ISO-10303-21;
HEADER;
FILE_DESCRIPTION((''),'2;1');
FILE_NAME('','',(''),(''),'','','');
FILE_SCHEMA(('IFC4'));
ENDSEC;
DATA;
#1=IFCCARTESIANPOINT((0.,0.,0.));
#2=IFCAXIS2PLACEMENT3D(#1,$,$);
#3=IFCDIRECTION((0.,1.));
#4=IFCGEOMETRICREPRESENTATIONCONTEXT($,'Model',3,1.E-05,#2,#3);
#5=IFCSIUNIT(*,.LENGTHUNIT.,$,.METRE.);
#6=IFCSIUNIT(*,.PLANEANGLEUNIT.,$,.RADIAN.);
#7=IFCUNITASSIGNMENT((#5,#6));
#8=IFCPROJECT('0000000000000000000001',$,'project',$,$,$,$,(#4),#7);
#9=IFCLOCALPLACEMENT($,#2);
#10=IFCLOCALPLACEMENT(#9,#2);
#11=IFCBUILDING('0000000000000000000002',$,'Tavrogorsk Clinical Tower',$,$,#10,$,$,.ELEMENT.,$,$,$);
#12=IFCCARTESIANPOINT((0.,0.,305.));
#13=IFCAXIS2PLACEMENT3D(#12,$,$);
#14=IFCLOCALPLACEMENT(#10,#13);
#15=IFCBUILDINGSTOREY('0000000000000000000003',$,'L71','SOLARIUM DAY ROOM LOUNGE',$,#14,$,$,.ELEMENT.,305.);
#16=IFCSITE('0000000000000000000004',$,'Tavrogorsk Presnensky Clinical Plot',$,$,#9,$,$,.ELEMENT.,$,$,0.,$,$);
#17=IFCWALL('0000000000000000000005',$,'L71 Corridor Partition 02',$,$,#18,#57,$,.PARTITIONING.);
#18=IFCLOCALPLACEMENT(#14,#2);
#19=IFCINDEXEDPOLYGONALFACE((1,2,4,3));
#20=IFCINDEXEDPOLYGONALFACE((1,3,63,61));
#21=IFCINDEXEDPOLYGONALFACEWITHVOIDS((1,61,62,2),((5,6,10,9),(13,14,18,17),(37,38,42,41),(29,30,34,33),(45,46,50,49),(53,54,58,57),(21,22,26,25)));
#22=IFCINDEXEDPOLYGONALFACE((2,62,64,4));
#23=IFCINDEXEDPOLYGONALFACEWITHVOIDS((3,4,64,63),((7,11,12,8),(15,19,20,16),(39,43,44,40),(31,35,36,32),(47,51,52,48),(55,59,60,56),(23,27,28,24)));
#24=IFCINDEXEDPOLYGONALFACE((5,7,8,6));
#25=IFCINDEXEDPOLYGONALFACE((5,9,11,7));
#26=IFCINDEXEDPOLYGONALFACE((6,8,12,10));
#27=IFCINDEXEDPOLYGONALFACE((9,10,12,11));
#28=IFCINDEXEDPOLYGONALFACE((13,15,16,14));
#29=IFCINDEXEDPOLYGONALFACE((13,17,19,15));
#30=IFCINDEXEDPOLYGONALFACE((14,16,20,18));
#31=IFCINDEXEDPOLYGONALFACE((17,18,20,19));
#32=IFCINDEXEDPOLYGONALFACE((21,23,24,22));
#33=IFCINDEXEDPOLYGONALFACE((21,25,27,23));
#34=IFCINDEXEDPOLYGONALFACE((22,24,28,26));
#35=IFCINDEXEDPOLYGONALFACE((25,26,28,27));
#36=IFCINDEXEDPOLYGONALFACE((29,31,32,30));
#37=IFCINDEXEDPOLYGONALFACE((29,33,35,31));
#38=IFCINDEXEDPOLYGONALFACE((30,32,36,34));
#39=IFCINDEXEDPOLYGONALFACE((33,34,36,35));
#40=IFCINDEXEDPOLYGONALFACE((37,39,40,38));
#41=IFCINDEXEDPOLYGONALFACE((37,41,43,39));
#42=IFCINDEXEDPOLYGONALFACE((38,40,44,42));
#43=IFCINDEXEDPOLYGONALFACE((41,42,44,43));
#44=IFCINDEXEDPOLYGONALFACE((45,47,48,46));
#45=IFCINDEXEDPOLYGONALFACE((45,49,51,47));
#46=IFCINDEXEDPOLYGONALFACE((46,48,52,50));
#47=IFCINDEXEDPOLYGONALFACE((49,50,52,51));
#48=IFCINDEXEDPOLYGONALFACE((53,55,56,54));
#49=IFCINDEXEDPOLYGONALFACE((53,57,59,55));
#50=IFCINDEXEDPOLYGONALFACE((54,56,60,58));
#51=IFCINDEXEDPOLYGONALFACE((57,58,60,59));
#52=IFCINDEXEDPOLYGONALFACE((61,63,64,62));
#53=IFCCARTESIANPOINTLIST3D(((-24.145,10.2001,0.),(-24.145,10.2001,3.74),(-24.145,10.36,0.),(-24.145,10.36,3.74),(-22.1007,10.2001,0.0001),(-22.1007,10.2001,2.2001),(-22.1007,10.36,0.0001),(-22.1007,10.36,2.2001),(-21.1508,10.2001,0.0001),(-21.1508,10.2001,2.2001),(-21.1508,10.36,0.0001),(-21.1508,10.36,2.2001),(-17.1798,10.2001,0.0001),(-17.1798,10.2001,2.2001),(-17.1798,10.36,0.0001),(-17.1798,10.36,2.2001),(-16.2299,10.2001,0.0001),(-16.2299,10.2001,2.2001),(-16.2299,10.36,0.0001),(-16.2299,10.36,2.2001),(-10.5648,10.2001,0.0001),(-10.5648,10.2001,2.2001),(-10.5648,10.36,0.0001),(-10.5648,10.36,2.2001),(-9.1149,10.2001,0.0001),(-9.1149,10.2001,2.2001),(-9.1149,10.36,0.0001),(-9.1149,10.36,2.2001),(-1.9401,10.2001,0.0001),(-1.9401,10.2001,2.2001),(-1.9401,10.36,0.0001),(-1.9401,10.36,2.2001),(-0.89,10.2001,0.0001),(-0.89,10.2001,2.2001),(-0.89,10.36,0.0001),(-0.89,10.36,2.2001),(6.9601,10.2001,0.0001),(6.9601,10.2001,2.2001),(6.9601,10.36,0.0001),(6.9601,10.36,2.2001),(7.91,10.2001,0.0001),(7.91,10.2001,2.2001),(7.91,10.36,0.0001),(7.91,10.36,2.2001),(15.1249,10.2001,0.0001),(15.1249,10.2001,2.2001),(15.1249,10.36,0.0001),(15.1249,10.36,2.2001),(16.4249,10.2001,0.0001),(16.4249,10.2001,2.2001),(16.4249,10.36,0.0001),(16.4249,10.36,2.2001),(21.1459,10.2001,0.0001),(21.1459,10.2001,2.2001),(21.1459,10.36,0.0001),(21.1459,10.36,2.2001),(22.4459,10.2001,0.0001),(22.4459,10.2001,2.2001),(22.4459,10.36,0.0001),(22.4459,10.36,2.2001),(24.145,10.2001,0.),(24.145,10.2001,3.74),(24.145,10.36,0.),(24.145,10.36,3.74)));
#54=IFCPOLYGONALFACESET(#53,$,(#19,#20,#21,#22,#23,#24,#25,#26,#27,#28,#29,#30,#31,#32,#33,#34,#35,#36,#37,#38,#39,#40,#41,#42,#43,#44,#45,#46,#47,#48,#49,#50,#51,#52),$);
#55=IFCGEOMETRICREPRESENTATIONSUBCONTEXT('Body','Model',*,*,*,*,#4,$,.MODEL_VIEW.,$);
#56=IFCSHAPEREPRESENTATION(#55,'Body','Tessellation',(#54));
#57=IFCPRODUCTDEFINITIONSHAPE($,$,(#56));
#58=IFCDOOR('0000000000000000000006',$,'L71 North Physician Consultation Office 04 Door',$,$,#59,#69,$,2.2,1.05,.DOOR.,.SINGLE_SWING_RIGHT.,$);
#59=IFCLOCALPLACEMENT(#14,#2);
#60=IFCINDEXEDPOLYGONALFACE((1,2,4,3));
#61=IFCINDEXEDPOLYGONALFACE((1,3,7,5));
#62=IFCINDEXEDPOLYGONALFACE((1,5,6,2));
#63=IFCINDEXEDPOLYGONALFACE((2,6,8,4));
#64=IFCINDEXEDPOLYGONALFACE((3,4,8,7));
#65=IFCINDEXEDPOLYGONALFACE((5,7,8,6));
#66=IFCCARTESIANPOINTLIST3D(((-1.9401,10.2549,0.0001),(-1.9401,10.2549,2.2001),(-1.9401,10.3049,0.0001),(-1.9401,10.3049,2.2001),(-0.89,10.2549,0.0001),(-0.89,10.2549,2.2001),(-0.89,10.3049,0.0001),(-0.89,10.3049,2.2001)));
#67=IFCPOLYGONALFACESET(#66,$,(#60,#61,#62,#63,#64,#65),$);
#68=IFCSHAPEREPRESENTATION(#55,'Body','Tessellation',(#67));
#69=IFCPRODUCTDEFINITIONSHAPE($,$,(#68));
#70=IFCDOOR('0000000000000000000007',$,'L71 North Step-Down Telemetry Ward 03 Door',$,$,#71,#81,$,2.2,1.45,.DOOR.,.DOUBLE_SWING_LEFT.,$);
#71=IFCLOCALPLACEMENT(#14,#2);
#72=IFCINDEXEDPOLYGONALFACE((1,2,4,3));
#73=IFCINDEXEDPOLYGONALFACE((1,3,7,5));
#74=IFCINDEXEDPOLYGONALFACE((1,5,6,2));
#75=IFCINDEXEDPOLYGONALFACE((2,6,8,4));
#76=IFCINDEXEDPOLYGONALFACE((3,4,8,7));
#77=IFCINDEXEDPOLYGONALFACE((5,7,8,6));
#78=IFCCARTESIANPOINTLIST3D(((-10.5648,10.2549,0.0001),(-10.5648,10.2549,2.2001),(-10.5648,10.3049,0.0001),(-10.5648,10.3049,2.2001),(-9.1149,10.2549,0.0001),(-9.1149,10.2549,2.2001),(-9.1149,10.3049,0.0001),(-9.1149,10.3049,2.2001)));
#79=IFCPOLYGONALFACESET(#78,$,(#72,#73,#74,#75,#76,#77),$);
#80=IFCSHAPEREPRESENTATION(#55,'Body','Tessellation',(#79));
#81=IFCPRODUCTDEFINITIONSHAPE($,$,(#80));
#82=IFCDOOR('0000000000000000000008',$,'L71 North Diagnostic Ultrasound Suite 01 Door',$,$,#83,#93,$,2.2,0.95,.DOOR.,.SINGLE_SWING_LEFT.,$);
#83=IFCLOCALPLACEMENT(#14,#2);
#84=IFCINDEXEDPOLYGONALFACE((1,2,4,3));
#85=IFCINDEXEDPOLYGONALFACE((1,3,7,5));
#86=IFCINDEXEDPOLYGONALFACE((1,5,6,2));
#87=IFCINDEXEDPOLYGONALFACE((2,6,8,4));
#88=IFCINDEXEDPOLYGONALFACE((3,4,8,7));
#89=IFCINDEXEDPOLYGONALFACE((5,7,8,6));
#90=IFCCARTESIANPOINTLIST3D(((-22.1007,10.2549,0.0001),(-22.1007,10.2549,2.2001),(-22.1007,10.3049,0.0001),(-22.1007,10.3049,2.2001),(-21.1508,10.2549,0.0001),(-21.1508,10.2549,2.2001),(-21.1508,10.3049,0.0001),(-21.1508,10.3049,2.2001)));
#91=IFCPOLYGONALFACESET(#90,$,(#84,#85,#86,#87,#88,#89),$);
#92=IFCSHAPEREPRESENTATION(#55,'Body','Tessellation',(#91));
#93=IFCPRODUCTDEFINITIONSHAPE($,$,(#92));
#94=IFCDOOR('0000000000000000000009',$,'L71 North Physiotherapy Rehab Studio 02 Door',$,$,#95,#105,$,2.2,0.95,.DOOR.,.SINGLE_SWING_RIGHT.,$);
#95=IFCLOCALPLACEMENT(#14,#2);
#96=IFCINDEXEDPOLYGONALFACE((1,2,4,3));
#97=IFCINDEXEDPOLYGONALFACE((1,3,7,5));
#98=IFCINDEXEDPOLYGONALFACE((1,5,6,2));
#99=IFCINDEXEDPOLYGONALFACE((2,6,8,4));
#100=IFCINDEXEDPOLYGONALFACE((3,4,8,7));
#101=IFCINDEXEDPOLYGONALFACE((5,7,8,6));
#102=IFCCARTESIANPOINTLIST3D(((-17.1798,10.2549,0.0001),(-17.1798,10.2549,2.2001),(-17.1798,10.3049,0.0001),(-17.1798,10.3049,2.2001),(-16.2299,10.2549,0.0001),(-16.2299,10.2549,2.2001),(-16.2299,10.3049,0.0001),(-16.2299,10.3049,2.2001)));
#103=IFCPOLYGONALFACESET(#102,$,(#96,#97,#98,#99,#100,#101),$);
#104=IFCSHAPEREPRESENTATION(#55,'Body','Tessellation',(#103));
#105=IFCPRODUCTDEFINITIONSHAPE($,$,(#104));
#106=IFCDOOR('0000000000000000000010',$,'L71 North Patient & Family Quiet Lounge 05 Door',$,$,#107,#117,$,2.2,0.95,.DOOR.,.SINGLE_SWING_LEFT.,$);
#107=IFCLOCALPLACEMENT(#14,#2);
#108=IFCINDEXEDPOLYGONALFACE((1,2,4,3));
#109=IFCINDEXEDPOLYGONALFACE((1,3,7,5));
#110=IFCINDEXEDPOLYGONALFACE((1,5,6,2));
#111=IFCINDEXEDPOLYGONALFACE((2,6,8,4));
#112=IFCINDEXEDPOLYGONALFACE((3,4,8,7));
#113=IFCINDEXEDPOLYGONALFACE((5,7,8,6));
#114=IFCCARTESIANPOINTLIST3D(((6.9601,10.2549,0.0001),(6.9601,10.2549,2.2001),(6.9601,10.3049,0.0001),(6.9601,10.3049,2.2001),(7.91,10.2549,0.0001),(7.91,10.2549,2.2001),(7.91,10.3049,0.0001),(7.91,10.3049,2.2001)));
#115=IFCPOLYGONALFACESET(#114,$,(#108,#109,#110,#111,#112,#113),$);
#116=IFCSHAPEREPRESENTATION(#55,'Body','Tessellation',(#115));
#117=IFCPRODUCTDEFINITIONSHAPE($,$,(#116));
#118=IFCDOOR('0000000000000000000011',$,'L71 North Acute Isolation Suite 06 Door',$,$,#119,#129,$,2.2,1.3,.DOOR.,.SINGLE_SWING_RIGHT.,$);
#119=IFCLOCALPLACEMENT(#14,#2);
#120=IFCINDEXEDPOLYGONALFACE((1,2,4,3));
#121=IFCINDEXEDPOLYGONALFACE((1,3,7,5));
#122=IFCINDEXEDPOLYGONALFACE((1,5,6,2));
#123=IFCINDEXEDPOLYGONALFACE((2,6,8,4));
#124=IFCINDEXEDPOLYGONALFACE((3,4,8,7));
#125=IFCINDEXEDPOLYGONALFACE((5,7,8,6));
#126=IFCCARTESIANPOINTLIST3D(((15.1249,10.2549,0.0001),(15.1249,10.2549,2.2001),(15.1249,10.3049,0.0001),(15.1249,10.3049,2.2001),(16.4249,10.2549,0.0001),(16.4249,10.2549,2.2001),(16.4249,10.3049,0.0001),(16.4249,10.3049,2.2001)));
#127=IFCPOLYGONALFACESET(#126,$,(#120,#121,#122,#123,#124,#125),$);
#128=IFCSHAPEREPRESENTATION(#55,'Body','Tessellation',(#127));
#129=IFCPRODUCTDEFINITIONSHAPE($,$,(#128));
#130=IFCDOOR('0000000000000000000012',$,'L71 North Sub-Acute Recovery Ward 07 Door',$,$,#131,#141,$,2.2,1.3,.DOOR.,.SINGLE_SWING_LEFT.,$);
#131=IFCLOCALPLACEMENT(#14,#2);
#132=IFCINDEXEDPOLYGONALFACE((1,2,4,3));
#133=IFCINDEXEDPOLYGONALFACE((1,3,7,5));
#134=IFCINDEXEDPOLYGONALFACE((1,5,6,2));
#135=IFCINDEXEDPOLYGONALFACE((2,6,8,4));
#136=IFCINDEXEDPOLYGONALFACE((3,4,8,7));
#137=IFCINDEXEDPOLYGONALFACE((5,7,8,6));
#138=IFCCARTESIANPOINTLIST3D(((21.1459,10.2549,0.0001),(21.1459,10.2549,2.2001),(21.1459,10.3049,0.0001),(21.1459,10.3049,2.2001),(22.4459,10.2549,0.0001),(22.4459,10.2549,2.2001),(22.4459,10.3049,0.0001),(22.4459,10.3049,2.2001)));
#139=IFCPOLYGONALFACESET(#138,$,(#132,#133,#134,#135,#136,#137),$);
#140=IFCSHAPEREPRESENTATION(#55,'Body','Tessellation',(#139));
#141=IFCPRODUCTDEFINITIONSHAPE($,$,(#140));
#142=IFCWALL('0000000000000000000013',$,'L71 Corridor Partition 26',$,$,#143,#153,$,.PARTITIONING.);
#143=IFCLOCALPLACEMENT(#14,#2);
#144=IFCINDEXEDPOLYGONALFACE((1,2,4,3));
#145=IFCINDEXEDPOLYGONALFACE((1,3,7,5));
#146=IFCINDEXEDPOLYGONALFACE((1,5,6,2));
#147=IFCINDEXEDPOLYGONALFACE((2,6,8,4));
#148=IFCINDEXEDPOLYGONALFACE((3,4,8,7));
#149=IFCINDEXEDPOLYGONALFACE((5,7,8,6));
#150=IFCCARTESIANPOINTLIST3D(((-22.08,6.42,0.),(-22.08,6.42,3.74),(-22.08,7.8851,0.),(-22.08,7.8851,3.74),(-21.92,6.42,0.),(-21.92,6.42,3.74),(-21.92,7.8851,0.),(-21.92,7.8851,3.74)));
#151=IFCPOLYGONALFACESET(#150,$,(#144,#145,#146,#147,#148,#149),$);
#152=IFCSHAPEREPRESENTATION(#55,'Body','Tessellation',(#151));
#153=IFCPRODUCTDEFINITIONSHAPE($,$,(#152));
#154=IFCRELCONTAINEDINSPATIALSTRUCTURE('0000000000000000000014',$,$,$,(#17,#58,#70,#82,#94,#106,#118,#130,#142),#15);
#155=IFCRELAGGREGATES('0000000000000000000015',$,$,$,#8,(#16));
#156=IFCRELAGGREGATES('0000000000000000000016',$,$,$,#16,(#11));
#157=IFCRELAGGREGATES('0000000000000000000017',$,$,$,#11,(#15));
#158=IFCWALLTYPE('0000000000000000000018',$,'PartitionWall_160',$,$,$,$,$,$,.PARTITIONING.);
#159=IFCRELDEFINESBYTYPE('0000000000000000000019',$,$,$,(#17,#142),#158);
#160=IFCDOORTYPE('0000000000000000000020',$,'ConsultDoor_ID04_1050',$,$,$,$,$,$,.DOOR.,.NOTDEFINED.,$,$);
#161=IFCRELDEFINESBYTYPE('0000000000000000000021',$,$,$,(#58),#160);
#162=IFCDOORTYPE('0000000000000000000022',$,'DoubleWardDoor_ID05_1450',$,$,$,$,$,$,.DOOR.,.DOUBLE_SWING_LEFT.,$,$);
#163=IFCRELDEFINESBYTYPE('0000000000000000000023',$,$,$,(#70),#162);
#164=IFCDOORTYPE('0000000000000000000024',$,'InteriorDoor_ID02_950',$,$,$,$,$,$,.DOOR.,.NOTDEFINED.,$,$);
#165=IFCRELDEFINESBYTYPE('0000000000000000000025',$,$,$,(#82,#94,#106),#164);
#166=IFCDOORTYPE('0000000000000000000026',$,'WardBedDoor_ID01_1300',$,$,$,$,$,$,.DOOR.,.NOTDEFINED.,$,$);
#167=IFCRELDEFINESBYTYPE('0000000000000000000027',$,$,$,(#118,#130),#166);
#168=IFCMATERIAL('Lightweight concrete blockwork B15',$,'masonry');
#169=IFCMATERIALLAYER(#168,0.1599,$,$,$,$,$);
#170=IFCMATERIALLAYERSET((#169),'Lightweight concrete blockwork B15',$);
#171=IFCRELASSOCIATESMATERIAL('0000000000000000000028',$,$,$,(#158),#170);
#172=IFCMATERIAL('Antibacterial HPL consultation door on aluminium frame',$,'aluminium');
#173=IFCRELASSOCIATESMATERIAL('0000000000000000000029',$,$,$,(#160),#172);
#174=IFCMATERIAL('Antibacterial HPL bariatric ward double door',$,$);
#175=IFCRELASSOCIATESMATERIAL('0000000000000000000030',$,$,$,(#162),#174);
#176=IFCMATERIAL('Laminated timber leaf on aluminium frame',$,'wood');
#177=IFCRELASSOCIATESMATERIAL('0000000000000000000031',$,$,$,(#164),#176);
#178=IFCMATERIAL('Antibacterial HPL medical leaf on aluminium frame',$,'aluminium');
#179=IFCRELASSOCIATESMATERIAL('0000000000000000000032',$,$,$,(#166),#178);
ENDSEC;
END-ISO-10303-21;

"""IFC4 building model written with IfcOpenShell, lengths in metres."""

from ifc_helpers import new_model, si_unit, direction, frame, frame_2d, origin, place, context, subcontext, project, spatial, rectangle, extrude, material, layer, layer_set, type_object, element, fill, save


model = new_model("IFC4")

# Units and contexts
model_context = context("Model", 3, precision=1e-05, world=origin(), true_north=direction((0.0, 1.0)))
body_context = subcontext(model_context, "Body", "Model", "MODEL_VIEW")
ifc_project = project(units=[si_unit("LENGTHUNIT", "METRE"), si_unit("PLANEANGLEUNIT", "RADIAN")], contexts=[model_context])

# Site, building, storey
site_placement = place(None, origin())
site = spatial("IfcSite", under=ifc_project, at=site_placement, Name="Tavrogorsk Presnensky Clinical Plot", CompositionType="ELEMENT", RefElevation=0.0)
building_placement = place(site_placement, origin())
building = spatial("IfcBuilding", under=site, at=building_placement, Name="Tavrogorsk Clinical Tower", CompositionType="ELEMENT")
storey_placement = place(building_placement, frame((0.0, 0.0, 305.0)))
storey = spatial("IfcBuildingStorey", under=building, at=storey_placement, Name="L71", Description="SOLARIUM DAY ROOM LOUNGE", CompositionType="ELEMENT", Elevation=305.0)

# Wall, openings, doors
ifc_material_1 = material(Name="Lightweight concrete blockwork B15", Category="masonry")
ifc_layer_1 = layer(ifc_material_1, 0.1599)
ifc_layer_set_1 = layer_set([ifc_layer_1], Name="Lightweight concrete blockwork B15")
wall_type_1 = type_object("IfcWallType", Name="PartitionWall_160", PredefinedType="PARTITIONING", material=ifc_layer_set_1)
wall_1_placement = place(storey_placement, frame((-24.145, 10.28, 0.0), z_axis=(0.0, 0.0, 1.0), x_axis=(1.0, 0.0, 0.0)))
wall_1 = element("IfcWall", 1, at=wall_1_placement, inside=storey, type_object=wall_type_1, Name="L71 Corridor Partition 02", PredefinedType="PARTITIONING", context=body_context, shape_type="SweptSolid", body=[
    extrude(rectangle(XDim=48.29, YDim=0.1599, at=frame_2d((24.145, 0.0))), origin(), (0.0, 0.0, 1.0), 3.74),
])
opening_1_placement = place(wall_1_placement, frame((2.0442, 0.0, 0.0)))
opening_1 = element("IfcOpeningElement", 2, at=opening_1_placement, cuts=wall_1, PredefinedType="OPENING", context=body_context, shape_type="SweptSolid", body=[
    extrude(rectangle(XDim=0.95, YDim=2.2, at=frame_2d((0.4751, 1.1001))), frame((0.0, 0.0898, 0.0), z_axis=(0.0, -1.0, 0.0), x_axis=(1.0, 0.0, 0.0)), (0.0, 0.0, 1.0), 0.1799),
])
opening_2_placement = place(wall_1_placement, frame((6.9651, 0.0, 0.0)))
opening_2 = element("IfcOpeningElement", 3, at=opening_2_placement, cuts=wall_1, PredefinedType="OPENING", context=body_context, shape_type="SweptSolid", body=[
    extrude(rectangle(XDim=0.95, YDim=2.2, at=frame_2d((0.4751, 1.1001))), frame((0.0, 0.0898, 0.0), z_axis=(0.0, -1.0, 0.0), x_axis=(1.0, 0.0, 0.0)), (0.0, 0.0, 1.0), 0.1799),
])
opening_3_placement = place(wall_1_placement, frame((13.5801, 0.0, 0.0)))
opening_3 = element("IfcOpeningElement", 4, at=opening_3_placement, cuts=wall_1, PredefinedType="OPENING", context=body_context, shape_type="SweptSolid", body=[
    extrude(rectangle(XDim=1.45, YDim=2.2, at=frame_2d((0.7251, 1.1001))), frame((0.0, 0.0898, 0.0), z_axis=(0.0, -1.0, 0.0), x_axis=(1.0, 0.0, 0.0)), (0.0, 0.0, 1.0), 0.1799),
])
opening_4_placement = place(wall_1_placement, frame((22.2051, 0.0, 0.0)))
opening_4 = element("IfcOpeningElement", 5, at=opening_4_placement, cuts=wall_1, PredefinedType="OPENING", context=body_context, shape_type="SweptSolid", body=[
    extrude(rectangle(XDim=1.05, YDim=2.2, at=frame_2d((0.5249, 1.1001))), frame((0.0, 0.0898, 0.0), z_axis=(0.0, -1.0, 0.0), x_axis=(1.0, 0.0, 0.0)), (0.0, 0.0, 1.0), 0.1799),
])
opening_5_placement = place(wall_1_placement, frame((31.105, 0.0, 0.0)))
opening_5 = element("IfcOpeningElement", 6, at=opening_5_placement, cuts=wall_1, PredefinedType="OPENING", context=body_context, shape_type="SweptSolid", body=[
    extrude(rectangle(XDim=0.95, YDim=2.2, at=frame_2d((0.4751, 1.1001))), frame((0.0, 0.0898, 0.0), z_axis=(0.0, -1.0, 0.0), x_axis=(1.0, 0.0, 0.0)), (0.0, 0.0, 1.0), 0.1799),
])
opening_6_placement = place(wall_1_placement, frame((39.27, 0.0, 0.0)))
opening_6 = element("IfcOpeningElement", 7, at=opening_6_placement, cuts=wall_1, PredefinedType="OPENING", context=body_context, shape_type="SweptSolid", body=[
    extrude(rectangle(XDim=1.3, YDim=2.2, at=frame_2d((0.6499, 1.1001))), frame((0.0, 0.0898, 0.0), z_axis=(0.0, -1.0, 0.0), x_axis=(1.0, 0.0, 0.0)), (0.0, 0.0, 1.0), 0.1799),
])
opening_7_placement = place(wall_1_placement, frame((45.291, 0.0, 0.0)))
opening_7 = element("IfcOpeningElement", 8, at=opening_7_placement, cuts=wall_1, PredefinedType="OPENING", context=body_context, shape_type="SweptSolid", body=[
    extrude(rectangle(XDim=1.3, YDim=2.2, at=frame_2d((0.6499, 1.1001))), frame((0.0, 0.0898, 0.0), z_axis=(0.0, -1.0, 0.0), x_axis=(1.0, 0.0, 0.0)), (0.0, 0.0, 1.0), 0.1799),
])
ifc_material_2 = material(Name="Antibacterial HPL consultation door on aluminium frame", Category="aluminium")
door_type_1 = type_object("IfcDoorType", Name="ConsultDoor_ID04_1050", OperationType="NOTDEFINED", PredefinedType="DOOR", material=ifc_material_2)
door_1_placement = place(opening_4_placement, origin())
door_1 = element("IfcDoor", 9, at=door_1_placement, inside=storey, type_object=door_type_1, Name="L71 North Physician Consultation Office 04 Door", OperationType="SINGLE_SWING_RIGHT", OverallHeight=2.2, OverallWidth=1.05, PredefinedType="DOOR", context=body_context, shape_type="SweptSolid", body=[
    extrude(rectangle(XDim=1.05, YDim=2.2, at=frame_2d((0.5249, 1.1001))), frame((0.0, 0.0249, 0.0), z_axis=(0.0, -1.0, 0.0), x_axis=(1.0, 0.0, 0.0)), (0.0, 0.0, 1.0), 0.05),
])
fill(opening_4, door_1)
ifc_material_3 = material(Name="Antibacterial HPL bariatric ward double door")
door_type_2 = type_object("IfcDoorType", Name="DoubleWardDoor_ID05_1450", OperationType="DOUBLE_SWING_LEFT", PredefinedType="DOOR", material=ifc_material_3)
door_2_placement = place(opening_3_placement, origin())
door_2 = element("IfcDoor", 10, at=door_2_placement, inside=storey, type_object=door_type_2, Name="L71 North Step-Down Telemetry Ward 03 Door", OperationType="DOUBLE_SWING_LEFT", OverallHeight=2.2, OverallWidth=1.45, PredefinedType="DOOR", context=body_context, shape_type="SweptSolid", body=[
    extrude(rectangle(XDim=1.45, YDim=2.2, at=frame_2d((0.7251, 1.1001))), frame((0.0, 0.0249, 0.0), z_axis=(0.0, -1.0, 0.0), x_axis=(1.0, 0.0, 0.0)), (0.0, 0.0, 1.0), 0.05),
])
fill(opening_3, door_2)
ifc_material_4 = material(Name="Laminated timber leaf on aluminium frame", Category="wood")
door_type_3 = type_object("IfcDoorType", Name="InteriorDoor_ID02_950", OperationType="NOTDEFINED", PredefinedType="DOOR", material=ifc_material_4)
door_3_placement = place(opening_1_placement, origin())
door_3 = element("IfcDoor", 11, at=door_3_placement, inside=storey, type_object=door_type_3, Name="L71 North Diagnostic Ultrasound Suite 01 Door", OperationType="SINGLE_SWING_LEFT", OverallHeight=2.2, OverallWidth=0.95, PredefinedType="DOOR", context=body_context, shape_type="SweptSolid", body=[
    extrude(rectangle(XDim=0.95, YDim=2.2, at=frame_2d((0.4751, 1.1001))), frame((0.0, 0.0249, 0.0), z_axis=(0.0, -1.0, 0.0), x_axis=(1.0, 0.0, 0.0)), (0.0, 0.0, 1.0), 0.05),
])
fill(opening_1, door_3)
door_4_placement = place(opening_2_placement, origin())
door_4 = element("IfcDoor", 12, at=door_4_placement, inside=storey, type_object=door_type_3, Name="L71 North Physiotherapy Rehab Studio 02 Door", OperationType="SINGLE_SWING_RIGHT", OverallHeight=2.2, OverallWidth=0.95, PredefinedType="DOOR", context=body_context, shape_type="SweptSolid", body=[
    extrude(rectangle(XDim=0.95, YDim=2.2, at=frame_2d((0.4751, 1.1001))), frame((0.0, 0.0249, 0.0), z_axis=(0.0, -1.0, 0.0), x_axis=(1.0, 0.0, 0.0)), (0.0, 0.0, 1.0), 0.05),
])
fill(opening_2, door_4)
door_5_placement = place(opening_5_placement, origin())
door_5 = element("IfcDoor", 13, at=door_5_placement, inside=storey, type_object=door_type_3, Name="L71 North Patient & Family Quiet Lounge 05 Door", OperationType="SINGLE_SWING_LEFT", OverallHeight=2.2, OverallWidth=0.95, PredefinedType="DOOR", context=body_context, shape_type="SweptSolid", body=[
    extrude(rectangle(XDim=0.95, YDim=2.2, at=frame_2d((0.4751, 1.1001))), frame((0.0, 0.0249, 0.0), z_axis=(0.0, -1.0, 0.0), x_axis=(1.0, 0.0, 0.0)), (0.0, 0.0, 1.0), 0.05),
])
fill(opening_5, door_5)
ifc_material_5 = material(Name="Antibacterial HPL medical leaf on aluminium frame", Category="aluminium")
door_type_4 = type_object("IfcDoorType", Name="WardBedDoor_ID01_1300", OperationType="NOTDEFINED", PredefinedType="DOOR", material=ifc_material_5)
door_6_placement = place(opening_6_placement, origin())
door_6 = element("IfcDoor", 14, at=door_6_placement, inside=storey, type_object=door_type_4, Name="L71 North Acute Isolation Suite 06 Door", OperationType="SINGLE_SWING_RIGHT", OverallHeight=2.2, OverallWidth=1.3, PredefinedType="DOOR", context=body_context, shape_type="SweptSolid", body=[
    extrude(rectangle(XDim=1.3, YDim=2.2, at=frame_2d((0.6499, 1.1001))), frame((0.0, 0.0249, 0.0), z_axis=(0.0, -1.0, 0.0), x_axis=(1.0, 0.0, 0.0)), (0.0, 0.0, 1.0), 0.05),
])
fill(opening_6, door_6)
door_7_placement = place(opening_7_placement, origin())
door_7 = element("IfcDoor", 15, at=door_7_placement, inside=storey, type_object=door_type_4, Name="L71 North Sub-Acute Recovery Ward 07 Door", OperationType="SINGLE_SWING_LEFT", OverallHeight=2.2, OverallWidth=1.3, PredefinedType="DOOR", context=body_context, shape_type="SweptSolid", body=[
    extrude(rectangle(XDim=1.3, YDim=2.2, at=frame_2d((0.6499, 1.1001))), frame((0.0, 0.0249, 0.0), z_axis=(0.0, -1.0, 0.0), x_axis=(1.0, 0.0, 0.0)), (0.0, 0.0, 1.0), 0.05),
])
fill(opening_7, door_7)

# Wall
wall_2_placement = place(storey_placement, frame((-22.0, 7.885, 0.0), z_axis=(0.0, 0.0, 1.0), x_axis=(0.0, -1.0, 0.0)))
element("IfcWall", 16, at=wall_2_placement, inside=storey, type_object=wall_type_1, Name="L71 Corridor Partition 26", PredefinedType="PARTITIONING", context=body_context, shape_type="SweptSolid", body=[
    extrude(rectangle(XDim=1.4651, YDim=0.1599, at=frame_2d((0.7324, 0.0))), origin(), (0.0, 0.0, 1.0), 3.74),
])

save(model, "model.ifc")
